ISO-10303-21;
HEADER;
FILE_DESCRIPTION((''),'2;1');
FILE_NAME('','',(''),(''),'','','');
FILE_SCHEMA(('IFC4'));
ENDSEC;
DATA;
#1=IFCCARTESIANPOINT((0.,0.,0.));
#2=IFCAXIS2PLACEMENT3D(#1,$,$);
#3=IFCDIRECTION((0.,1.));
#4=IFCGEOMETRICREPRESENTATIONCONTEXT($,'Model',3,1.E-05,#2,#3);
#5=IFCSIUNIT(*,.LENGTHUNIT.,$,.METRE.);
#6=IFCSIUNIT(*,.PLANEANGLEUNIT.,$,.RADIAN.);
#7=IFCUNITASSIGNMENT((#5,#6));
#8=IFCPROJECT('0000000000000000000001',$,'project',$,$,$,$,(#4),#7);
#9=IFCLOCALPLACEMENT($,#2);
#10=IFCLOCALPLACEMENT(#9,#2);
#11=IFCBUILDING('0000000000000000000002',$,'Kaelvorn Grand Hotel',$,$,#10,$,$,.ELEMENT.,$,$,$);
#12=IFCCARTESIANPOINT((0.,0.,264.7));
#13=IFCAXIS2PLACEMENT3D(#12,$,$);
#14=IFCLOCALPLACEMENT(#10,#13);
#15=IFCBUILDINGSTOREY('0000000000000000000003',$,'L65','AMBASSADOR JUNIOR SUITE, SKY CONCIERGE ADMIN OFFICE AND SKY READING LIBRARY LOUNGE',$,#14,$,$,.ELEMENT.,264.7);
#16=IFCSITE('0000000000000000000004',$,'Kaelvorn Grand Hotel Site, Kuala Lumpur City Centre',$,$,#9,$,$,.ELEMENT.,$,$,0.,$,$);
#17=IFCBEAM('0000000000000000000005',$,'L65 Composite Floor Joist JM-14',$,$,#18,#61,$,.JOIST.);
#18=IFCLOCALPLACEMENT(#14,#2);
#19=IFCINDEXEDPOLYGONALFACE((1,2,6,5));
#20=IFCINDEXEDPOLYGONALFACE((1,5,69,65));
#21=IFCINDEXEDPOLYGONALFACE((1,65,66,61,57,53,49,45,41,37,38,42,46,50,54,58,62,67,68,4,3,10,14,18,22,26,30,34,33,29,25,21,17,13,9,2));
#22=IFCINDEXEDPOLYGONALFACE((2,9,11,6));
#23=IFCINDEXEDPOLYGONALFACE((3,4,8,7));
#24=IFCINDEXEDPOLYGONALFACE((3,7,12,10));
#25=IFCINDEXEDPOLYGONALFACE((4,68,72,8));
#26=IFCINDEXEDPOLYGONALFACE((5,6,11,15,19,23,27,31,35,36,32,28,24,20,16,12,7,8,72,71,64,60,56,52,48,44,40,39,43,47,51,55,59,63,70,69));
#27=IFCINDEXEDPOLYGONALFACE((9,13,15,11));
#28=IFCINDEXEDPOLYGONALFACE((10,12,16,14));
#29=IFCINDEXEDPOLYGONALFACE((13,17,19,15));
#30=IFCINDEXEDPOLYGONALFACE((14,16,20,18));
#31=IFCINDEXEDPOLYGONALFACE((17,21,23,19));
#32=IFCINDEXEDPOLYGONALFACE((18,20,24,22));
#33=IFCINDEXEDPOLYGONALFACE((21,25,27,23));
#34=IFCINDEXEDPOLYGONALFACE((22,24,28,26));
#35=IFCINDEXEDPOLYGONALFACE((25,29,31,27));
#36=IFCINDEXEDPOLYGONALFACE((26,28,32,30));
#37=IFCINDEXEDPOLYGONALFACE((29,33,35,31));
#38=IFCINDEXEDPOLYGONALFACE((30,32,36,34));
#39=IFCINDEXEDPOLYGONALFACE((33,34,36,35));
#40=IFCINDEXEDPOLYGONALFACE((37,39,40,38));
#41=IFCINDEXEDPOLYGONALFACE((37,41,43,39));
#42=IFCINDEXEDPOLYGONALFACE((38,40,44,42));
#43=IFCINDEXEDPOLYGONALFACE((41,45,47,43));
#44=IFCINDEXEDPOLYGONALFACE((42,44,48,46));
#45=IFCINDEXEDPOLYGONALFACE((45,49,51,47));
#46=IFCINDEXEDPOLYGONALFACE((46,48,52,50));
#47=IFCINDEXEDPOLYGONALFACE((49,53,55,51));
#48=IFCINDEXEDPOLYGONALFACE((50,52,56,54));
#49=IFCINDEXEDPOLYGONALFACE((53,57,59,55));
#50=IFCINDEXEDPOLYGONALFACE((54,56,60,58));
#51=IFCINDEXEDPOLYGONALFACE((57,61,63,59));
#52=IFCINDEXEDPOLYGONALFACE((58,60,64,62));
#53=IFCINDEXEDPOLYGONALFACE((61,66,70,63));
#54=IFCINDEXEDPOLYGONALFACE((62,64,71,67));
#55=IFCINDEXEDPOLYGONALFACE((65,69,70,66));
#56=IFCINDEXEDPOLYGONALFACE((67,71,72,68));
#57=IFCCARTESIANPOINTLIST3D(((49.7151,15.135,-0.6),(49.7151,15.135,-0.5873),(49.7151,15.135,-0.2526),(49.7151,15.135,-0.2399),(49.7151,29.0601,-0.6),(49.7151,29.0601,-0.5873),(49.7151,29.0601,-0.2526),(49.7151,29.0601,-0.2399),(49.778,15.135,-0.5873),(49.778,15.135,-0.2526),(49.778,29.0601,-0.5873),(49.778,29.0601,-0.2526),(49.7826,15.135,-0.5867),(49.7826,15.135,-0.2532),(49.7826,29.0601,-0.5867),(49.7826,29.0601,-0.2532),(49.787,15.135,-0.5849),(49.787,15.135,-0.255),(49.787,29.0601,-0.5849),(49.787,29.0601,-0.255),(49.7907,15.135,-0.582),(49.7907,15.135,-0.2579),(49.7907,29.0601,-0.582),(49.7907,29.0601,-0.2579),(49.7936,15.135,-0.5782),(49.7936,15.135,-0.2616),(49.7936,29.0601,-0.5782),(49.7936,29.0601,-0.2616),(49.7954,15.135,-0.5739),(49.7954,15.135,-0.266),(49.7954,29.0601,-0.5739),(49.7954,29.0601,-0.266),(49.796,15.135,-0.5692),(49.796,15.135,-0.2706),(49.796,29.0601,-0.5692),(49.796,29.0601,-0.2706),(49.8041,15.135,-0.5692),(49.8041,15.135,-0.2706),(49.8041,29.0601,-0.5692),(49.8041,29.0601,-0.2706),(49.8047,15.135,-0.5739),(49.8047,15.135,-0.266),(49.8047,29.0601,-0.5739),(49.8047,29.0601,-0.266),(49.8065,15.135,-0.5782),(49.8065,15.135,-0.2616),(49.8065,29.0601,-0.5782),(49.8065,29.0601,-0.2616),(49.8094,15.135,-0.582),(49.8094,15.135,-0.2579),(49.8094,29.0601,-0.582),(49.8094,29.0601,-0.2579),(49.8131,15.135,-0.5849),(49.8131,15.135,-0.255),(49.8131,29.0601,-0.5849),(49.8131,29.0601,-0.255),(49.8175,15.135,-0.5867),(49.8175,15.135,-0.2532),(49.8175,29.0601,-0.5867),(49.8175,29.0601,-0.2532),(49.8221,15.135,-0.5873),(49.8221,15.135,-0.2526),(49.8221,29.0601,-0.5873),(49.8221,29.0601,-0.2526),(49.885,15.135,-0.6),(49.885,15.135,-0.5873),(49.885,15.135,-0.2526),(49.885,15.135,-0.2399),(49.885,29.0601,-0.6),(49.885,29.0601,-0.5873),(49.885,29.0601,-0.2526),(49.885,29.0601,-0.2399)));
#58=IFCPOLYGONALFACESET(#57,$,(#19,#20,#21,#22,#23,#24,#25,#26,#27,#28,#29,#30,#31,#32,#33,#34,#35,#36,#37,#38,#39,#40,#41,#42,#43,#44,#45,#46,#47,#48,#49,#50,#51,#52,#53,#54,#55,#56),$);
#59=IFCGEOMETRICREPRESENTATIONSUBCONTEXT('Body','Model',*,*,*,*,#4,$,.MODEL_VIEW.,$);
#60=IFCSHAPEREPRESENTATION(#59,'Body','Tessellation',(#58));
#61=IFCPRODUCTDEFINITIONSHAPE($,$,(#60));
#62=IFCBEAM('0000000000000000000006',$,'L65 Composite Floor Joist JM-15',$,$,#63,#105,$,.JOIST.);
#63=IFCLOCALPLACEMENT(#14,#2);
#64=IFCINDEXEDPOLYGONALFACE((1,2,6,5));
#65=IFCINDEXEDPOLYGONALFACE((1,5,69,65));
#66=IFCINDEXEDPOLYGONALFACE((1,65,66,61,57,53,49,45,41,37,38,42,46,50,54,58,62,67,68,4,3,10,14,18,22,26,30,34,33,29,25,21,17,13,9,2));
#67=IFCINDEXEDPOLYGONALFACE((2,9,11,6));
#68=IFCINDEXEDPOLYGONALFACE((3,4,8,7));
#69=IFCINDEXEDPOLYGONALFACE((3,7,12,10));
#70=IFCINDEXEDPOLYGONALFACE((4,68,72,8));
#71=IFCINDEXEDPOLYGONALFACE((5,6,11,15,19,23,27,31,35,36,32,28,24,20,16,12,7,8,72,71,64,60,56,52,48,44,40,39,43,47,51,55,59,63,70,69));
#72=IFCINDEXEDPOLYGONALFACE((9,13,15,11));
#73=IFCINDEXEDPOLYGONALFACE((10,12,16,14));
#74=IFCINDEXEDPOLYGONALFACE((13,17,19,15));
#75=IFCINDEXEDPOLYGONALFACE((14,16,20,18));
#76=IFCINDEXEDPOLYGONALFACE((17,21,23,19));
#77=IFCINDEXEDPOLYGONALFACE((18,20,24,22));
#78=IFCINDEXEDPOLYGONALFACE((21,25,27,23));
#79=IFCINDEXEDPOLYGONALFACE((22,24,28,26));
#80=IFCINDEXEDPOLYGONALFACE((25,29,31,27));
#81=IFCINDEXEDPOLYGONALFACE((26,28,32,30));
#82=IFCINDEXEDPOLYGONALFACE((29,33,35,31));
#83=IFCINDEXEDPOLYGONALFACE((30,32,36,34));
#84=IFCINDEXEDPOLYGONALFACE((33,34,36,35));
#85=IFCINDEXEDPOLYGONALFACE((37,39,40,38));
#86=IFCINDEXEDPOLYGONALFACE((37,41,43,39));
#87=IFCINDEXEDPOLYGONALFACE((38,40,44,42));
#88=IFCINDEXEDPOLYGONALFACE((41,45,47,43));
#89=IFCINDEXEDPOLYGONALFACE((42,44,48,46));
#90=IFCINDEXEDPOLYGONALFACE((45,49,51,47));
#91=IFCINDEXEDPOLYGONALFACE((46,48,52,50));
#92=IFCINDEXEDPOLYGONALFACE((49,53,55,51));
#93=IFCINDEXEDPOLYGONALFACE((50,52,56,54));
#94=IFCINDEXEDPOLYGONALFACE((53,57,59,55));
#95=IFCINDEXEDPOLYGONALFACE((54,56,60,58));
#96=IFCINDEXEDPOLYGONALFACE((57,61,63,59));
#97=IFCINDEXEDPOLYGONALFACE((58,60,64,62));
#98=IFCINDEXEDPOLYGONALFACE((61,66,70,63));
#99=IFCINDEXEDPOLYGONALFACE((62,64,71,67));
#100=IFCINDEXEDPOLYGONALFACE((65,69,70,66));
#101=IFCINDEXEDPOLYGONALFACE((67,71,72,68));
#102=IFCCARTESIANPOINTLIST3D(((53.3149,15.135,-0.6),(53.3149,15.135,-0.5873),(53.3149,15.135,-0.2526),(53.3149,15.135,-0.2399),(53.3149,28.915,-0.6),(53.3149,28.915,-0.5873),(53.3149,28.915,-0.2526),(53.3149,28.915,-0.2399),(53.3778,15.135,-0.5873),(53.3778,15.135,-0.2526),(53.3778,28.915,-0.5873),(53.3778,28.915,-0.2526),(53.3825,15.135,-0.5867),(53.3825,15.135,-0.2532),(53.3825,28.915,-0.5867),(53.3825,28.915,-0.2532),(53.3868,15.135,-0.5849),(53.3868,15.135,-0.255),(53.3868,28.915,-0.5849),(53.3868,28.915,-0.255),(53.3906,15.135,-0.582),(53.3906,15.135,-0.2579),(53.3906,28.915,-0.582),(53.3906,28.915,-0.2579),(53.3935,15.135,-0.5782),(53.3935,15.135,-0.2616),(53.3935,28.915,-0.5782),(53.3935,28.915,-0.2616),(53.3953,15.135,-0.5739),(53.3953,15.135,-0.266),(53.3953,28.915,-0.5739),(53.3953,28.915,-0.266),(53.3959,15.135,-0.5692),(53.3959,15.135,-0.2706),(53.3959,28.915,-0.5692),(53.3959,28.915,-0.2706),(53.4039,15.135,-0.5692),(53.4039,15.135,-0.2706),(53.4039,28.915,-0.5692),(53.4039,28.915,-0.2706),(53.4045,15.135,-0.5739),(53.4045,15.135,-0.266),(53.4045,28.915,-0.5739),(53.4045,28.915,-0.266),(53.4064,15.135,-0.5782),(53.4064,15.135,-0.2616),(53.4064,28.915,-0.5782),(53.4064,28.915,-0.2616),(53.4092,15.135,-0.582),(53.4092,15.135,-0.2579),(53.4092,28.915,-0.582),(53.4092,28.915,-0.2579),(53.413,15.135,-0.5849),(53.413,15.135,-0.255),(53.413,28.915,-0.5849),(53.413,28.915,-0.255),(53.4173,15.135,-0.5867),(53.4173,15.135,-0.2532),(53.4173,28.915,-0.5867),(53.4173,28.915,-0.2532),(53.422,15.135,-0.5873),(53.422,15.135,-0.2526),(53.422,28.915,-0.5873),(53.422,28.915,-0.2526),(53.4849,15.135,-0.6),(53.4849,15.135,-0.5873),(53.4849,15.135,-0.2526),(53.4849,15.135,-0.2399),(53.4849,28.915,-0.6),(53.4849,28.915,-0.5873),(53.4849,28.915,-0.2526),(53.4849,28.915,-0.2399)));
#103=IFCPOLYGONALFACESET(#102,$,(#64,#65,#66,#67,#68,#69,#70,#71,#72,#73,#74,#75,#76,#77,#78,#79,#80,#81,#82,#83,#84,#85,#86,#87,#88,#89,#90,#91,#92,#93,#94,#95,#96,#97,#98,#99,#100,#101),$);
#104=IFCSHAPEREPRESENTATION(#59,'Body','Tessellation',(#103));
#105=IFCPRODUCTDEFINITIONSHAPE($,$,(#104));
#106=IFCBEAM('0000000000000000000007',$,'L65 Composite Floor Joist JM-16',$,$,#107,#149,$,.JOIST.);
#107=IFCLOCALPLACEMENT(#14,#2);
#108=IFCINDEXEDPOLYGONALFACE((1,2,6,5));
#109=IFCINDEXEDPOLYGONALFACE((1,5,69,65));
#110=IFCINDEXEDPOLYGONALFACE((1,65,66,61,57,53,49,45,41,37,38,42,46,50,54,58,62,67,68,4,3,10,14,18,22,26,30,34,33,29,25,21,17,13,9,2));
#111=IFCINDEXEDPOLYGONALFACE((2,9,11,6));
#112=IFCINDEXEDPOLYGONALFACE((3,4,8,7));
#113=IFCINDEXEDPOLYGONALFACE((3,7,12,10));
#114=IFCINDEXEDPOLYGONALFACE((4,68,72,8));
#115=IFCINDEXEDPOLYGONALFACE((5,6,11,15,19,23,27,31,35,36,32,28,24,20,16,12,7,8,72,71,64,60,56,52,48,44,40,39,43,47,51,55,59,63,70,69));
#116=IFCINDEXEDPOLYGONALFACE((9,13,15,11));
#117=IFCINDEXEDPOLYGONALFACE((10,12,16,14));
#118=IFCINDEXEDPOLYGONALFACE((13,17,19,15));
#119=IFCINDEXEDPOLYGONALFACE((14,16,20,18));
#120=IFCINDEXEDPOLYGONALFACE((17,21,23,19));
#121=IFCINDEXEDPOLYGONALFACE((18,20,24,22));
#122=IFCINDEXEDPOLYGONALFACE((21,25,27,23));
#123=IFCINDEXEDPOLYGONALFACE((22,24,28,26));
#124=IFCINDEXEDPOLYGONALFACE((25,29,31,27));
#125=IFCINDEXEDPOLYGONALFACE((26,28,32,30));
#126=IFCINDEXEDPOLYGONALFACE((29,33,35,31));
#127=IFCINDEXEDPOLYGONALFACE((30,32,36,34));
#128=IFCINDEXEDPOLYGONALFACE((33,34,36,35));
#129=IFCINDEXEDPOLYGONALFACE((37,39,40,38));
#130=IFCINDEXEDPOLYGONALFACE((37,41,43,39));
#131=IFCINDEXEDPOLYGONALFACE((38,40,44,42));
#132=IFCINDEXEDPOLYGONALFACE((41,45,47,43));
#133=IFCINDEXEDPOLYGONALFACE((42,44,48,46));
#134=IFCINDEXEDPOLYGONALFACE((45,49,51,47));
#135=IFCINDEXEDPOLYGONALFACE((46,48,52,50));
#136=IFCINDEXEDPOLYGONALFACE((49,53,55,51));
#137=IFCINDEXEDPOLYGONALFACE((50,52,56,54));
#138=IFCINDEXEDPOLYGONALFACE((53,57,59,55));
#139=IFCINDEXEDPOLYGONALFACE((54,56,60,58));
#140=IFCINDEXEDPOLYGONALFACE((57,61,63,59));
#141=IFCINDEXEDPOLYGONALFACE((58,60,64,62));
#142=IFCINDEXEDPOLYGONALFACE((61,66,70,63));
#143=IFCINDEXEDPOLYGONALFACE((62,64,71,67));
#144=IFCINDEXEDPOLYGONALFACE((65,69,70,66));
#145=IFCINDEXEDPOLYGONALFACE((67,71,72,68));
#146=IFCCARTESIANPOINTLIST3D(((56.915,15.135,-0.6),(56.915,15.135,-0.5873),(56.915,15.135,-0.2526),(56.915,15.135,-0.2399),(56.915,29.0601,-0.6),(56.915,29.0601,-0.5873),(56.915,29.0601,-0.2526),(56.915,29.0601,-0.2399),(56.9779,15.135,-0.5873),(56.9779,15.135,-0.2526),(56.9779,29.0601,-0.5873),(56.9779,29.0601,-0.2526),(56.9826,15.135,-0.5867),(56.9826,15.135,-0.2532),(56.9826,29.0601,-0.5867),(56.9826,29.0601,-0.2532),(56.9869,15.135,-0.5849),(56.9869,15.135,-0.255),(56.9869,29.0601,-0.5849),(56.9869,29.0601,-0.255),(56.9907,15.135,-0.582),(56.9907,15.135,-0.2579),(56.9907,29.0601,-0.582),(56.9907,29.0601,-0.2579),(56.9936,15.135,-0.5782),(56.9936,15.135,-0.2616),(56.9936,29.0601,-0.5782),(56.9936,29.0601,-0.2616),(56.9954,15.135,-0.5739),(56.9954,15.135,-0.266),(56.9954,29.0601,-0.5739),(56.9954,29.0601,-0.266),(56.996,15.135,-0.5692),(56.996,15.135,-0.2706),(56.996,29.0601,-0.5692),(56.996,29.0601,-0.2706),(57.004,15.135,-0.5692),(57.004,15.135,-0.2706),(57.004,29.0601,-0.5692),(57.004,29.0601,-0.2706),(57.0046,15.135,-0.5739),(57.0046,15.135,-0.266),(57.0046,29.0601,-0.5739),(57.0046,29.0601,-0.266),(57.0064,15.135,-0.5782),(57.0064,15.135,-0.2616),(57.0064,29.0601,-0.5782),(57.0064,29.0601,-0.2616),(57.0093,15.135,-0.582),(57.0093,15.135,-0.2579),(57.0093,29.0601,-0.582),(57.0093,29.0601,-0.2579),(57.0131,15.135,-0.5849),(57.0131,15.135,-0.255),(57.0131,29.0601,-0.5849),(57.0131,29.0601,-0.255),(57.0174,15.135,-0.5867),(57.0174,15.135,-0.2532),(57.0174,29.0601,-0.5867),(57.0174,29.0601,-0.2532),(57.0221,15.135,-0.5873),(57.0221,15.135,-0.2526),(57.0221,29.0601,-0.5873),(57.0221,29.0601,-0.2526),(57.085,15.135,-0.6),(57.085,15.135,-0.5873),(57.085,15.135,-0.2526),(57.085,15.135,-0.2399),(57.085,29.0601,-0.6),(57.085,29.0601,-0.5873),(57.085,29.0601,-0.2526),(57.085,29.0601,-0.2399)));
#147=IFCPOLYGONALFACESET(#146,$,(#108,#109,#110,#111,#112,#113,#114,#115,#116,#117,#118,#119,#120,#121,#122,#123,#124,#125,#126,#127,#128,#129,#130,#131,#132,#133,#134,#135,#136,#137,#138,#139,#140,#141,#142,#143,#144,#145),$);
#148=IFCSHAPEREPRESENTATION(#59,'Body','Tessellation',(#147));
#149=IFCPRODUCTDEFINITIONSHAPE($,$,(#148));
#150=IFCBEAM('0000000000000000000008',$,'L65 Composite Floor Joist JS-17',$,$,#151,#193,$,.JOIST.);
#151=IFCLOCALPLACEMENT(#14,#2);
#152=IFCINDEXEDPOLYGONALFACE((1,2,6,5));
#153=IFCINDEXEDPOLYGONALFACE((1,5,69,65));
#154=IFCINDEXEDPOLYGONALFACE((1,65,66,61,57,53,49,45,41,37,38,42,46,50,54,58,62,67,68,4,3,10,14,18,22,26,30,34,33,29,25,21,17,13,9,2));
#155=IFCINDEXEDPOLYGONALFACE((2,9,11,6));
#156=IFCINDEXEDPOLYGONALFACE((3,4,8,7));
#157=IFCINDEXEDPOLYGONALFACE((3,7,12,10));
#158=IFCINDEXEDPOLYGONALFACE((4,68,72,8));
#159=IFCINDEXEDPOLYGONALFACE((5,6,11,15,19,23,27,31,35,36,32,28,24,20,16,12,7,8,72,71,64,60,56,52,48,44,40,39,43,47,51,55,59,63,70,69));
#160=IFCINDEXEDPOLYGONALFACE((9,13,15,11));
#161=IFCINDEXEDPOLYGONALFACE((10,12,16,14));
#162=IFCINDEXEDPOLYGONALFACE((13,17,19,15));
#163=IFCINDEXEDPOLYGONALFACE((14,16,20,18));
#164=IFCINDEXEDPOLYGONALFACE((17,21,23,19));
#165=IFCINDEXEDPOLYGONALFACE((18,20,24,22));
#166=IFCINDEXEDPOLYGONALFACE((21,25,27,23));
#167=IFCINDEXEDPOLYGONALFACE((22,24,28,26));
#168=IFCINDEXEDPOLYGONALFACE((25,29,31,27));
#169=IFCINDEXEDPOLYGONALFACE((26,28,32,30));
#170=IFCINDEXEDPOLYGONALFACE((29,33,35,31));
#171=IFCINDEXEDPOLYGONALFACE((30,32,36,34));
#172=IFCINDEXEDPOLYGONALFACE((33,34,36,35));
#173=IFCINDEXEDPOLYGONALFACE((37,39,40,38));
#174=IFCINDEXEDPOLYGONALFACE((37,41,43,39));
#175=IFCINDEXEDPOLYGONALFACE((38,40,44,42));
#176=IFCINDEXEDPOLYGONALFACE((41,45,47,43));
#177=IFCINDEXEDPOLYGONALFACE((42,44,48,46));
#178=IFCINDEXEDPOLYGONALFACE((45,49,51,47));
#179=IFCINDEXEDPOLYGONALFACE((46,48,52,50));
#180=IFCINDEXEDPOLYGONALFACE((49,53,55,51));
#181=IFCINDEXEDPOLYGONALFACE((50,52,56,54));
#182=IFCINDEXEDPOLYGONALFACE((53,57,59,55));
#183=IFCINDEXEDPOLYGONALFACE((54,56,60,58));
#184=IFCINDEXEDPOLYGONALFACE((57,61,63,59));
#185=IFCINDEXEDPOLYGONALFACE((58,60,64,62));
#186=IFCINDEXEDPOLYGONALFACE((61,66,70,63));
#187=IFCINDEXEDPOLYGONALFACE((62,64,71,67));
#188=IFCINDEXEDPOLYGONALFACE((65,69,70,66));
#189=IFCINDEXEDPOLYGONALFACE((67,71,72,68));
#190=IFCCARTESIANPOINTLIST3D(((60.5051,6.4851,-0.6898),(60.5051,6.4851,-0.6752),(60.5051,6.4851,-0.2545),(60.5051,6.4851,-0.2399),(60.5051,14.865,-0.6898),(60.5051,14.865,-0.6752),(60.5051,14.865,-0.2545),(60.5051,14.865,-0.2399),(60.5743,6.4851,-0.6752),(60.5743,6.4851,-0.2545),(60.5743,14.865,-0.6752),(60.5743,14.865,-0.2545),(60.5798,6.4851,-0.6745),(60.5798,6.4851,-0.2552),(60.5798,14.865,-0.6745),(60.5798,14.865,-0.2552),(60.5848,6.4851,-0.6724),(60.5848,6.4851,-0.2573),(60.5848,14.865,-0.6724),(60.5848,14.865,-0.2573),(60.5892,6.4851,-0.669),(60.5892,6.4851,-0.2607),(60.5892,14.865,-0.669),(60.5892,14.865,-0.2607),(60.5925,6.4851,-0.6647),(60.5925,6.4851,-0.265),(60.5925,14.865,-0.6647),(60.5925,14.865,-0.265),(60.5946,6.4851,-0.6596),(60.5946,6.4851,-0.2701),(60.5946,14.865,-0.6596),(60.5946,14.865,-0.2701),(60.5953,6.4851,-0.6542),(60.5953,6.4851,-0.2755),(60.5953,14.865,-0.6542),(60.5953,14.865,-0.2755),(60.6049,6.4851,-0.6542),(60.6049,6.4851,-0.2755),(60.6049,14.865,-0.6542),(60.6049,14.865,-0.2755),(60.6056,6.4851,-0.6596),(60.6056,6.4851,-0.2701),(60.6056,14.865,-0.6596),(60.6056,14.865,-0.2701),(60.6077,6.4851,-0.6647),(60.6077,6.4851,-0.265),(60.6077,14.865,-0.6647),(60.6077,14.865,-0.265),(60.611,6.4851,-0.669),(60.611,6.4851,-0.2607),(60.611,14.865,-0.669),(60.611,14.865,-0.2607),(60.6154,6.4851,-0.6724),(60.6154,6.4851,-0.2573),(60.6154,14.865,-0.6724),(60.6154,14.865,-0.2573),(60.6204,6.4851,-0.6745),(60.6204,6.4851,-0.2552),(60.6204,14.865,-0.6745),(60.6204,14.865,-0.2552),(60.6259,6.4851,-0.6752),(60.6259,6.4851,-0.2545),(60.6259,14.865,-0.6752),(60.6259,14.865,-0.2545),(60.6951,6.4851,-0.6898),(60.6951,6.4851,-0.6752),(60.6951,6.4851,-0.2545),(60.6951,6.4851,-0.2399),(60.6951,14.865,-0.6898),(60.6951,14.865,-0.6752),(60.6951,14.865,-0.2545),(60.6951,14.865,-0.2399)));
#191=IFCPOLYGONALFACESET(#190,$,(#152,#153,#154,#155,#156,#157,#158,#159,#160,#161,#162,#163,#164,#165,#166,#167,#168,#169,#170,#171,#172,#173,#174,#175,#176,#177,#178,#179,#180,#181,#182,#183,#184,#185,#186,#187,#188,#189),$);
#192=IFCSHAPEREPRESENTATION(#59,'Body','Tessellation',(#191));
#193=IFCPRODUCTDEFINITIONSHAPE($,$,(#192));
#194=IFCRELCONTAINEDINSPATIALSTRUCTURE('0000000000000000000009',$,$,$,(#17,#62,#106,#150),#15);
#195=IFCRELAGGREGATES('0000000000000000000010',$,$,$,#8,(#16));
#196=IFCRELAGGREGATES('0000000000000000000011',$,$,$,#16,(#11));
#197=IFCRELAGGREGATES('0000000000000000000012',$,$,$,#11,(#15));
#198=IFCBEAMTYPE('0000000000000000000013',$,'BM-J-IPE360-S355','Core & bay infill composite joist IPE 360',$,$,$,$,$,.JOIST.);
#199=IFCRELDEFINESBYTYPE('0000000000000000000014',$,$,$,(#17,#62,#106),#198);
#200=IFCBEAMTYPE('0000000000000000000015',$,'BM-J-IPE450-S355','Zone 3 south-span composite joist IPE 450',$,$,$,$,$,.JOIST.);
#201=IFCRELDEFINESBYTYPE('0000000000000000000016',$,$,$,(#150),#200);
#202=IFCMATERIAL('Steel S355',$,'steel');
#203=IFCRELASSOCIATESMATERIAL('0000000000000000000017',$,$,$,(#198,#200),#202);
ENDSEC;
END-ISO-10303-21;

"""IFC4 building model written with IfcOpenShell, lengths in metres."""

from ifc_helpers import new_model, si_unit, direction, frame, origin, origin_2d, place, context, subcontext, project, spatial, i_section, extrude, material, material_profile, profile_set, type_object, element, save


model = new_model("IFC4")

# Units and contexts
model_context = context("Model", 3, precision=1e-05, world=origin(), true_north=direction((0.0, 1.0)))
body_context = subcontext(model_context, "Body", "Model", "MODEL_VIEW")
ifc_project = project(units=[si_unit("LENGTHUNIT", "METRE"), si_unit("PLANEANGLEUNIT", "RADIAN")], contexts=[model_context])

# Site, building, storey
site_placement = place(None, origin())
site = spatial("IfcSite", under=ifc_project, at=site_placement, Name="Kaelvorn Grand Hotel Site, Kuala Lumpur City Centre", CompositionType="ELEMENT", RefElevation=0.0)
building_placement = place(site_placement, origin())
building = spatial("IfcBuilding", under=site, at=building_placement, Name="Kaelvorn Grand Hotel", CompositionType="ELEMENT")
storey_placement = place(building_placement, frame((0.0, 0.0, 264.7)))
storey = spatial("IfcBuildingStorey", under=building, at=storey_placement, Name="L65", Description="AMBASSADOR JUNIOR SUITE, SKY CONCIERGE ADMIN OFFICE AND SKY READING LIBRARY LOUNGE", CompositionType="ELEMENT", Elevation=264.7)

# Beams
ifc_material_1 = material(Name="Steel S355", Category="steel")
ifc_material_profile_1 = material_profile(ifc_material_1, i_section(OverallWidth=0.1699, OverallDepth=0.3601, WebThickness=0.0081, FlangeThickness=0.0127, FilletRadius=0.0181, at=origin_2d()), Name="IPE 360")
ifc_profile_set_1 = profile_set([ifc_material_profile_1], Name="Steel S355")
beam_type_1 = type_object("IfcBeamType", Name="BM-J-IPE360-S355", Description="Core & bay infill composite joist IPE 360", PredefinedType="JOIST", material=ifc_profile_set_1)
beam_1_placement = place(storey_placement, frame((49.8, 15.135, -0.4199), z_axis=(0.0, 1.0, 0.0), x_axis=(-1.0, 0.0, 0.0)))
element("IfcBeam", 1, at=beam_1_placement, inside=storey, type_object=beam_type_1, Name="L65 Composite Floor Joist JM-14", PredefinedType="JOIST", context=body_context, shape_type="SweptSolid", body=[
    extrude(i_section(OverallWidth=0.1699, OverallDepth=0.3601, WebThickness=0.0081, FlangeThickness=0.0127, FilletRadius=0.0181, at=origin_2d()), origin(), (0.0, 0.0, 1.0), 13.925),
])
beam_2_placement = place(storey_placement, frame((53.3999, 15.135, -0.4199), z_axis=(0.0, 1.0, 0.0), x_axis=(-1.0, 0.0, 0.0)))
element("IfcBeam", 2, at=beam_2_placement, inside=storey, type_object=beam_type_1, Name="L65 Composite Floor Joist JM-15", PredefinedType="JOIST", context=body_context, shape_type="SweptSolid", body=[
    extrude(i_section(OverallWidth=0.1699, OverallDepth=0.3601, WebThickness=0.0081, FlangeThickness=0.0127, FilletRadius=0.0181, at=origin_2d()), origin(), (0.0, 0.0, 1.0), 13.78),
])
beam_3_placement = place(storey_placement, frame((57.0, 15.135, -0.4199), z_axis=(0.0, 1.0, 0.0), x_axis=(-1.0, 0.0, 0.0)))
element("IfcBeam", 3, at=beam_3_placement, inside=storey, type_object=beam_type_1, Name="L65 Composite Floor Joist JM-16", PredefinedType="JOIST", context=body_context, shape_type="SweptSolid", body=[
    extrude(i_section(OverallWidth=0.1699, OverallDepth=0.3601, WebThickness=0.0081, FlangeThickness=0.0127, FilletRadius=0.0181, at=origin_2d()), origin(), (0.0, 0.0, 1.0), 13.925),
])
ifc_material_profile_2 = material_profile(ifc_material_1, i_section(OverallWidth=0.1899, OverallDepth=0.45, WebThickness=0.0095, FlangeThickness=0.0146, FilletRadius=0.021, at=origin_2d()), Name="IPE 450")
ifc_profile_set_2 = profile_set([ifc_material_profile_2], Name="Steel S355")
beam_type_2 = type_object("IfcBeamType", Name="BM-J-IPE450-S355", Description="Zone 3 south-span composite joist IPE 450", PredefinedType="JOIST", material=ifc_profile_set_2)
beam_4_placement = place(storey_placement, frame((60.6001, 6.4851, -0.4648), z_axis=(0.0, 1.0, 0.0), x_axis=(-1.0, 0.0, 0.0)))
element("IfcBeam", 4, at=beam_4_placement, inside=storey, type_object=beam_type_2, Name="L65 Composite Floor Joist JS-17", PredefinedType="JOIST", context=body_context, shape_type="SweptSolid", body=[
    extrude(i_section(OverallWidth=0.1899, OverallDepth=0.45, WebThickness=0.0095, FlangeThickness=0.0146, FilletRadius=0.021, at=origin_2d()), origin(), (0.0, 0.0, 1.0), 8.3799),
])

save(model, "model.ifc")
